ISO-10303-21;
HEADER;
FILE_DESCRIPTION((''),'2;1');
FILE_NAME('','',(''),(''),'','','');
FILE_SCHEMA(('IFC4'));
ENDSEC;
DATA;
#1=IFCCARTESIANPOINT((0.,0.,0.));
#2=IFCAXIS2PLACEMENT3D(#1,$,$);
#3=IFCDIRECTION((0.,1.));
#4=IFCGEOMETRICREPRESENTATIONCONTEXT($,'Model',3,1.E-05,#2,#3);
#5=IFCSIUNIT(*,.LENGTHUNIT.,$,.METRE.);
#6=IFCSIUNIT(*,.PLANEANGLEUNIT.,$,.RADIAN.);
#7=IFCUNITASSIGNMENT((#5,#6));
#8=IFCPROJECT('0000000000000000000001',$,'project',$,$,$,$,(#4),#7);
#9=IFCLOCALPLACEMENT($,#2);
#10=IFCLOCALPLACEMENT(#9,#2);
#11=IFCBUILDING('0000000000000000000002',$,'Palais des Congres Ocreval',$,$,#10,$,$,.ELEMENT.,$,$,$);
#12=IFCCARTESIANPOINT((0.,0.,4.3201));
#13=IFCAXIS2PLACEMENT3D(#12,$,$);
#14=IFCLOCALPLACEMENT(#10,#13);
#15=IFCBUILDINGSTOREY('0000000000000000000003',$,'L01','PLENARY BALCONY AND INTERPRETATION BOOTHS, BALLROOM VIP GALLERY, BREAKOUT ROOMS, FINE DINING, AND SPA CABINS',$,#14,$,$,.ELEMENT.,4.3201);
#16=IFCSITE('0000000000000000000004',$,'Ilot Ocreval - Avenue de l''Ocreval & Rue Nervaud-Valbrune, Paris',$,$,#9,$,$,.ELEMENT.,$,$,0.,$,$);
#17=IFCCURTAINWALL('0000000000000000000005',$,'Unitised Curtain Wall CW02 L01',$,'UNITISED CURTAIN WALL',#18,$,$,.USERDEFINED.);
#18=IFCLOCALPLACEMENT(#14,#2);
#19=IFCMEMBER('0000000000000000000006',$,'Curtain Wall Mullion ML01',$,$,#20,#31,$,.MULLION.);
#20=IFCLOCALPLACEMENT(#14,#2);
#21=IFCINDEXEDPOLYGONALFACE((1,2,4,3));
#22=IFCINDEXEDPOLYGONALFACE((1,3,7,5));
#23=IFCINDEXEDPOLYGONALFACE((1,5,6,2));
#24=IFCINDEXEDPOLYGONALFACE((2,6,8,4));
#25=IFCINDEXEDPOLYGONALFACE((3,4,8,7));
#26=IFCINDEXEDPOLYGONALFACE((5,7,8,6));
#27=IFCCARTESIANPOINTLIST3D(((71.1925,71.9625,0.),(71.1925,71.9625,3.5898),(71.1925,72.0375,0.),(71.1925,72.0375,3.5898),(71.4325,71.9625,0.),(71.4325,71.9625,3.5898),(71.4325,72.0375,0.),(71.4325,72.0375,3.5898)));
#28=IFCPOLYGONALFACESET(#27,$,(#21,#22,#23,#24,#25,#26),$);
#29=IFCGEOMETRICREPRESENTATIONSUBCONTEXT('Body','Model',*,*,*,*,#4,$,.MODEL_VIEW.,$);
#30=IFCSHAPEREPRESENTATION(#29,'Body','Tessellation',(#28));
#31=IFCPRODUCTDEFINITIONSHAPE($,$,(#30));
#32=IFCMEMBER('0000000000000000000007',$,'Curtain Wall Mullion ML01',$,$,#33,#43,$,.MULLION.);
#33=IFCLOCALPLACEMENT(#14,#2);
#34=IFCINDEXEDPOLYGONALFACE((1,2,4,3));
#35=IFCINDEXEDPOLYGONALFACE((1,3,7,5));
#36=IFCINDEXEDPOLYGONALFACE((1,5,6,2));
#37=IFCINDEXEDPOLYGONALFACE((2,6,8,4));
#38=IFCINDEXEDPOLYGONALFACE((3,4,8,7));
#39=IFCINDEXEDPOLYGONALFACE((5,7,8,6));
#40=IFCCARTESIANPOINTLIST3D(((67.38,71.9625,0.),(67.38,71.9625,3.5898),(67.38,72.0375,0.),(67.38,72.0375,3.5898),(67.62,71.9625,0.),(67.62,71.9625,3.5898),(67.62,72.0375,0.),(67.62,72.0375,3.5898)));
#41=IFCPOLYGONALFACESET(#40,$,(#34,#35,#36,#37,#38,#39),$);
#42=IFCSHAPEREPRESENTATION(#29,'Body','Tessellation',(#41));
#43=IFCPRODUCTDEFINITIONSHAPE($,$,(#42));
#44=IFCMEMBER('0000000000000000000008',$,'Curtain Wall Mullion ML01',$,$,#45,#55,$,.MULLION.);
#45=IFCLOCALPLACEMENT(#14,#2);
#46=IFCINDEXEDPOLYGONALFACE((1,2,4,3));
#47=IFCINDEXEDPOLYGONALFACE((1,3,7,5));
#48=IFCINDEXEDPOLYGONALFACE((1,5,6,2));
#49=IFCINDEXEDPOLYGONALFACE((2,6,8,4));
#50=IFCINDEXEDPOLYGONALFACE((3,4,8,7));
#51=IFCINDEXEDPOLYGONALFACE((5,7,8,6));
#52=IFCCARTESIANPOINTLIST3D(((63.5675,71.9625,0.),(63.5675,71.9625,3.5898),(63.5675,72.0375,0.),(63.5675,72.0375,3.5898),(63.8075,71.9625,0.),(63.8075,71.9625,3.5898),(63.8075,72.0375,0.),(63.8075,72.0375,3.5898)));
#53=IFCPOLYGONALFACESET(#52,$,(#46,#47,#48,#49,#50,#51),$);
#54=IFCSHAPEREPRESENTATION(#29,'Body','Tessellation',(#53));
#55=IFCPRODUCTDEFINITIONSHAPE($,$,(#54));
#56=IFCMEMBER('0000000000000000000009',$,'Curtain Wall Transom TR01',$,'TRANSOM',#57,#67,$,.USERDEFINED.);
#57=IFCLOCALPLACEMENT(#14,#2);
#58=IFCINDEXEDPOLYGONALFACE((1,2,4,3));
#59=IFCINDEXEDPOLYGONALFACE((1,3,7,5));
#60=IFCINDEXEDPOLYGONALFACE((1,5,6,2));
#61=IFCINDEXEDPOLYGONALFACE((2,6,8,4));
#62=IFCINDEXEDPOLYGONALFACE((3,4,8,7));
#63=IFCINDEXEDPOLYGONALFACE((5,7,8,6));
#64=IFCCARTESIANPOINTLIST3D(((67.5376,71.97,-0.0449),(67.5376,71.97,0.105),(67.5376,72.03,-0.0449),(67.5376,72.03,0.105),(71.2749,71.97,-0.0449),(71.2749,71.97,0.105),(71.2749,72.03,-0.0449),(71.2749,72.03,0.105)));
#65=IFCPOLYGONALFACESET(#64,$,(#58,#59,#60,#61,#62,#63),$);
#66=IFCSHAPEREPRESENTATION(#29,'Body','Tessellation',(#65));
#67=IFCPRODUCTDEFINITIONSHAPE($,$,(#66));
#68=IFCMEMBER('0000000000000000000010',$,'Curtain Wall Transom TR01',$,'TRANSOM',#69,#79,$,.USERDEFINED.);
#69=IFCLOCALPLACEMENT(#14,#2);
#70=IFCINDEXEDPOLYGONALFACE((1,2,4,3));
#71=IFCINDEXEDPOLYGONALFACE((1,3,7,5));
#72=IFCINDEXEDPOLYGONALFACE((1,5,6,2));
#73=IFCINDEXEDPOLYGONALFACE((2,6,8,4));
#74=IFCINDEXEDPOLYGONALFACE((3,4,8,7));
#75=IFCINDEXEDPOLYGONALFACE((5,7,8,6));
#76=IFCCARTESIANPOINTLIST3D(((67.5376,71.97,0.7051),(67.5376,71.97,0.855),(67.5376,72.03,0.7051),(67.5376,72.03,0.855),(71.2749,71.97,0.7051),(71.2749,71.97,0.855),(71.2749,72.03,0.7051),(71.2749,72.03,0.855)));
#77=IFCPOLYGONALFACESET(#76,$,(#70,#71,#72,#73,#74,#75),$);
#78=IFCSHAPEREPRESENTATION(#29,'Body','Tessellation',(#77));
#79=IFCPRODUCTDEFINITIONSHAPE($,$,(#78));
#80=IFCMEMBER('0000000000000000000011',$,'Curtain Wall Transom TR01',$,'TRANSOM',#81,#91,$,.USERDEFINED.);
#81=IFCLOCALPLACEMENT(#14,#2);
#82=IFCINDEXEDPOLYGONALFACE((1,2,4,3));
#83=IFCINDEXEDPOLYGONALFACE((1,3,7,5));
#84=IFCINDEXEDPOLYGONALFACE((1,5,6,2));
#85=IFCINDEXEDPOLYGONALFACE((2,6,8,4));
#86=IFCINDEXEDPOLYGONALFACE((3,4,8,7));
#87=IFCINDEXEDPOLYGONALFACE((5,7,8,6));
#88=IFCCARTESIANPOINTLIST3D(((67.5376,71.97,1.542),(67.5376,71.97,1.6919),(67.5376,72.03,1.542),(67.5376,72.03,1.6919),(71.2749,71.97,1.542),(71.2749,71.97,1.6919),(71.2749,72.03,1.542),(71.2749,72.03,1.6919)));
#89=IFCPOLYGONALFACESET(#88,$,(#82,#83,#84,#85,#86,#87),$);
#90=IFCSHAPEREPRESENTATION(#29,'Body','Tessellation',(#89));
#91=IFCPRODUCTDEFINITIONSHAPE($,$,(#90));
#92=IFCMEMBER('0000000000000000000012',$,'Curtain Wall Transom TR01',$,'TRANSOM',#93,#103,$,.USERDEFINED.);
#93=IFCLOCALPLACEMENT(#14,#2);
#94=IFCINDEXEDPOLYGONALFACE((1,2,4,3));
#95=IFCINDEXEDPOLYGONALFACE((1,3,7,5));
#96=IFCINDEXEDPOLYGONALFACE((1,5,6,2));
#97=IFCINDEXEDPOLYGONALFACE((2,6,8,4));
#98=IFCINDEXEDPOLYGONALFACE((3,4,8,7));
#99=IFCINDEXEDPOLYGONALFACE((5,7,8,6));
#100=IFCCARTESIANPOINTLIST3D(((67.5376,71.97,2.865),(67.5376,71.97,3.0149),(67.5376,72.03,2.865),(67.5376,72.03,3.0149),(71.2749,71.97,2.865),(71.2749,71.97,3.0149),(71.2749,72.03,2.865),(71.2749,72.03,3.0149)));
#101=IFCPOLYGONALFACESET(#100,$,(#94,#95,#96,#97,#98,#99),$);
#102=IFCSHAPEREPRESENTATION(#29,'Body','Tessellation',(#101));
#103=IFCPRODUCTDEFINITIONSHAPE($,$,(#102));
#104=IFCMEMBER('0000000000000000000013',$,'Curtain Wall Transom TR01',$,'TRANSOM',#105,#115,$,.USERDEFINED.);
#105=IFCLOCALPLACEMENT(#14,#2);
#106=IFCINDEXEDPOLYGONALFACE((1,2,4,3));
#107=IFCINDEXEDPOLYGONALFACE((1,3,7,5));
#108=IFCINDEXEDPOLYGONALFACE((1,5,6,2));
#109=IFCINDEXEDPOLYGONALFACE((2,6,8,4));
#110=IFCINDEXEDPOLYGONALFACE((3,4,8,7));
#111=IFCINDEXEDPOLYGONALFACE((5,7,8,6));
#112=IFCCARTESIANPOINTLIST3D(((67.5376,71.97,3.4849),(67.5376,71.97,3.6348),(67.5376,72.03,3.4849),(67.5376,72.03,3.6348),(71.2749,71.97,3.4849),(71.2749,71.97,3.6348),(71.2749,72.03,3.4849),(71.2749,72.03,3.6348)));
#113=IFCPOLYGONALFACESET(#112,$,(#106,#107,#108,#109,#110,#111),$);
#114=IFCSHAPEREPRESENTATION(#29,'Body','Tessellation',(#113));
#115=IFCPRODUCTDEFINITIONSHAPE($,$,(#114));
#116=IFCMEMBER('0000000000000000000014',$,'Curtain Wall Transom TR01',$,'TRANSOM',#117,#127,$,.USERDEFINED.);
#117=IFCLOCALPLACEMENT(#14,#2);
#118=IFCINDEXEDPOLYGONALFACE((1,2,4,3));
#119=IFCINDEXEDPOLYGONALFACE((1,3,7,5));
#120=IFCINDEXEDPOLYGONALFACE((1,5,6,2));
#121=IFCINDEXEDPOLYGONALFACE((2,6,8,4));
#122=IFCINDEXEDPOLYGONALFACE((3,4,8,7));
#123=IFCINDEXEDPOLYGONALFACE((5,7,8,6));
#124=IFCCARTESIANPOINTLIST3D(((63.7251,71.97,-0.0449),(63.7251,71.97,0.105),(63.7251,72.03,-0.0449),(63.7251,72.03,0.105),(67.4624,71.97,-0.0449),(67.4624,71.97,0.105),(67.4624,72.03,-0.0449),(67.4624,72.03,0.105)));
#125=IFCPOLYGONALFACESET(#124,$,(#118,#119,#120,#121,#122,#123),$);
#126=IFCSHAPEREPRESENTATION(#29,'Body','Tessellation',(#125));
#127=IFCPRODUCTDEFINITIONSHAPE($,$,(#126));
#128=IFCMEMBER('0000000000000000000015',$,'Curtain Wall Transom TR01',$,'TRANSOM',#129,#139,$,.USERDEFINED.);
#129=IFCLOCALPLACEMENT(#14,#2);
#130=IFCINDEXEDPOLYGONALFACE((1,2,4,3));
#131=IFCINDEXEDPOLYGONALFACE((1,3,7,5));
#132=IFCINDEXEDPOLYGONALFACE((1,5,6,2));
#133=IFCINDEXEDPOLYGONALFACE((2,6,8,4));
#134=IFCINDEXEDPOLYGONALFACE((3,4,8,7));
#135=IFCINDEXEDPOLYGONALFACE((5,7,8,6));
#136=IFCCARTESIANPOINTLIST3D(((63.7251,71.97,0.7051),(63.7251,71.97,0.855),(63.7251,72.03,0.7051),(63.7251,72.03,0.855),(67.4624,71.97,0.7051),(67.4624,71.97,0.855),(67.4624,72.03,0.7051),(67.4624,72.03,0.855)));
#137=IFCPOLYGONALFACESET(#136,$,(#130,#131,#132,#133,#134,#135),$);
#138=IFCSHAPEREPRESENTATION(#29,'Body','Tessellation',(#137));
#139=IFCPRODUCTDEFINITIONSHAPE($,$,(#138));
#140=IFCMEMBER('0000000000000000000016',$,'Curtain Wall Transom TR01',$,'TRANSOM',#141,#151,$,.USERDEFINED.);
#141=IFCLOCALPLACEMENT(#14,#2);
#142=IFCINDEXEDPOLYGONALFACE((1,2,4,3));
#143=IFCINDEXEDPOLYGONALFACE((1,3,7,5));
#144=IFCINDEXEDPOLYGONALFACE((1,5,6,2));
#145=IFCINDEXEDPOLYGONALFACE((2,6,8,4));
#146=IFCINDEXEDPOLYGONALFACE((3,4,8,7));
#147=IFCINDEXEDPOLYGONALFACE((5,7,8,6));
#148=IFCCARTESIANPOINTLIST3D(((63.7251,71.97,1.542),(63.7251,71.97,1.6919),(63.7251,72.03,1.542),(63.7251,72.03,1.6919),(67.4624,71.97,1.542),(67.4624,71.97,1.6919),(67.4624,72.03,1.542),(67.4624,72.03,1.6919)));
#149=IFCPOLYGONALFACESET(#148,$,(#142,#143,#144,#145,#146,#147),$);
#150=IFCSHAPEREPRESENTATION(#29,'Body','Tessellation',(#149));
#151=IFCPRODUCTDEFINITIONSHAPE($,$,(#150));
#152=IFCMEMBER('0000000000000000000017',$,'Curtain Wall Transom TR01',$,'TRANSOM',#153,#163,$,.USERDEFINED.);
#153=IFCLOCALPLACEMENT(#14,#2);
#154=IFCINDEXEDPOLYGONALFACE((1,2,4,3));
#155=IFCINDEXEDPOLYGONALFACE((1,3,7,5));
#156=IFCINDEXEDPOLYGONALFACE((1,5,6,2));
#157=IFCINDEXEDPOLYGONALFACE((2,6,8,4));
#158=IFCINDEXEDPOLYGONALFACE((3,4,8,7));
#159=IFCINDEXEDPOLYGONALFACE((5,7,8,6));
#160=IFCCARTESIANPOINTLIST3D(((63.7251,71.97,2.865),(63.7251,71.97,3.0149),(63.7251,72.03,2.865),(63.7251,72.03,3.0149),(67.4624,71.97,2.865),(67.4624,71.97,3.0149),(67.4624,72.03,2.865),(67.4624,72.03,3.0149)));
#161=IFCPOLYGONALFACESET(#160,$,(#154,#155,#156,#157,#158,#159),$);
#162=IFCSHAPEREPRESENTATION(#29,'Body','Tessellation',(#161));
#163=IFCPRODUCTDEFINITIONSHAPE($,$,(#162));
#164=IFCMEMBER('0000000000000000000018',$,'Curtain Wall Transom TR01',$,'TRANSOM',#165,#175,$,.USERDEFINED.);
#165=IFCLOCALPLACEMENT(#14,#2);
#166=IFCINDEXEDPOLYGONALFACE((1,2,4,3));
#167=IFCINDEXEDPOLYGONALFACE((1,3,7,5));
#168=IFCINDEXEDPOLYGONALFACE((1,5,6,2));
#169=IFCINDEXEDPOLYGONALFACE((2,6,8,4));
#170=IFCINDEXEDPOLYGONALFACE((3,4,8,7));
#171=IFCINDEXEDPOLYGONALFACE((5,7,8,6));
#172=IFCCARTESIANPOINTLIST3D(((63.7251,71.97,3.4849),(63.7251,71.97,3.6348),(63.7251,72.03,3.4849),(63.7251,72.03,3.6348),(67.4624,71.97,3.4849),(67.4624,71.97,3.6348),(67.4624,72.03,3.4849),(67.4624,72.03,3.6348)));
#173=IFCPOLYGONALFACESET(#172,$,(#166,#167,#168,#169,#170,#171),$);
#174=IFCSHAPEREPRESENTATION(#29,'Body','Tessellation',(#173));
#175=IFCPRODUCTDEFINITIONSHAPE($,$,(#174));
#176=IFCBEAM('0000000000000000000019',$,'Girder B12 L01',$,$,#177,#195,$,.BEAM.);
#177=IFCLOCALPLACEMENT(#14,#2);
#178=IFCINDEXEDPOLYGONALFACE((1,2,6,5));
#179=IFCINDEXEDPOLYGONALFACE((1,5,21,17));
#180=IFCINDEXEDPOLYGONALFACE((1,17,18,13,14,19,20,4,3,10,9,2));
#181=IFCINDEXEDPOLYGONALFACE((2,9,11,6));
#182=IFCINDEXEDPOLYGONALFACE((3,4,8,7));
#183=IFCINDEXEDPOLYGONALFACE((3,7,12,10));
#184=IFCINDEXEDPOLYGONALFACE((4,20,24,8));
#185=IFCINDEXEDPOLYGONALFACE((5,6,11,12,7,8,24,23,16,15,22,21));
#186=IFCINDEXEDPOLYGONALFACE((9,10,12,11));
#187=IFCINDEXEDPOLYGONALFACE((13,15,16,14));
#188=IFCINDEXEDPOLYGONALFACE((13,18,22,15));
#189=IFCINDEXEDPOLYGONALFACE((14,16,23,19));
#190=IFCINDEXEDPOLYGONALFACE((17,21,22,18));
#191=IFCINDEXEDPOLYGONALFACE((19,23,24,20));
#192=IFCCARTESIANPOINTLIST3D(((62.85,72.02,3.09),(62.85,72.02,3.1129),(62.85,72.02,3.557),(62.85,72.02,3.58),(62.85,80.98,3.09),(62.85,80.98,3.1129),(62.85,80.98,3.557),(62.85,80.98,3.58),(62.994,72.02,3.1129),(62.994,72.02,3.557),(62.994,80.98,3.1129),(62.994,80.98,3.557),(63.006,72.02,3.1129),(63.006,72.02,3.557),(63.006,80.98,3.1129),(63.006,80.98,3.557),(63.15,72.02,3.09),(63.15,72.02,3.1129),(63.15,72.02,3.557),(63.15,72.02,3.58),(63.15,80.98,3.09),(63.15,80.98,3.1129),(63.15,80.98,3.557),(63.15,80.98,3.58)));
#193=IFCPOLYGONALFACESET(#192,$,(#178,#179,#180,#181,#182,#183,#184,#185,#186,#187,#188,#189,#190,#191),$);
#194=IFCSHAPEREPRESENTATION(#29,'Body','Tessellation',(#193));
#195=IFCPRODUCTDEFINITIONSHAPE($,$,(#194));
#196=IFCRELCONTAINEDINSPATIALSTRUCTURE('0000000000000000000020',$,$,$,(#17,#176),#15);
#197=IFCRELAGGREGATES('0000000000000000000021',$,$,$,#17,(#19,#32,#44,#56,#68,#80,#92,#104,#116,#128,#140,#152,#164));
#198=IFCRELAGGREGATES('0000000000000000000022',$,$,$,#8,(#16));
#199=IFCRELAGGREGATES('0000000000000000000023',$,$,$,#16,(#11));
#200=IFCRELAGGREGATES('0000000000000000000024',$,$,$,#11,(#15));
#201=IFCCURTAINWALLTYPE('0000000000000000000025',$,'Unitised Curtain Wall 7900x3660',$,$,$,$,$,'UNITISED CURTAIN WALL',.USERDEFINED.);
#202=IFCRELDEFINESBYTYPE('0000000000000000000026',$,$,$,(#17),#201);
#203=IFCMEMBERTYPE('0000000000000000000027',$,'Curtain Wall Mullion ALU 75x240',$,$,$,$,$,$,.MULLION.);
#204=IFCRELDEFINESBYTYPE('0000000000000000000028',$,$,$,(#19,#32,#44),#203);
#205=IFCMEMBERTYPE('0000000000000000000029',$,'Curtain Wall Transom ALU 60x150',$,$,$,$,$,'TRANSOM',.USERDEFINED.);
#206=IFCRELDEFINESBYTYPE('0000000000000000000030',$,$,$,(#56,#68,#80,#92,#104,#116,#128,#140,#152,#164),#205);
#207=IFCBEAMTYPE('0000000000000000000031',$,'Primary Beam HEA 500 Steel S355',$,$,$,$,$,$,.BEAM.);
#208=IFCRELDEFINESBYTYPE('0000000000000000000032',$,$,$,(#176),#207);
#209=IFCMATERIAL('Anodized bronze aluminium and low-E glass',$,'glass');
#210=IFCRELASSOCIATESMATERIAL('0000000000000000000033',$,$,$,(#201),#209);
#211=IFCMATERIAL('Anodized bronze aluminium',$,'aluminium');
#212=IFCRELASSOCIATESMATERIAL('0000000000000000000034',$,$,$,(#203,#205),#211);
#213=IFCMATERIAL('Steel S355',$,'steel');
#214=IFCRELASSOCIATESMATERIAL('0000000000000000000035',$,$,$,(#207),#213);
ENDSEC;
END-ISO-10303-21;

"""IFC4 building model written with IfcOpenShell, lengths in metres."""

from ifc_helpers import new_model, si_unit, direction, frame, origin, origin_2d, place, context, subcontext, project, spatial, rectangle, i_section, extrude, material, material_profile, profile_set, type_object, element, aggregate, save


model = new_model("IFC4")

# Units and contexts
model_context = context("Model", 3, precision=1e-05, world=origin(), true_north=direction((0.0, 1.0)))
body_context = subcontext(model_context, "Body", "Model", "MODEL_VIEW")
ifc_project = project(units=[si_unit("LENGTHUNIT", "METRE"), si_unit("PLANEANGLEUNIT", "RADIAN")], contexts=[model_context])

# Site, building, storey
site_placement = place(None, origin())
site = spatial("IfcSite", under=ifc_project, at=site_placement, Name="Ilot Ocreval - Avenue de l'Ocreval & Rue Nervaud-Valbrune, Paris", CompositionType="ELEMENT", RefElevation=0.0)
building_placement = place(site_placement, origin())
building = spatial("IfcBuilding", under=site, at=building_placement, Name="Palais des Congres Ocreval", CompositionType="ELEMENT")
storey_placement = place(building_placement, frame((0.0, 0.0, 4.3201)))
storey = spatial("IfcBuildingStorey", under=building, at=storey_placement, Name="L01", Description="PLENARY BALCONY AND INTERPRETATION BOOTHS, BALLROOM VIP GALLERY, BREAKOUT ROOMS, FINE DINING, AND SPA CABINS", CompositionType="ELEMENT", Elevation=4.3201)

# Curtain wall, members
ifc_material_1 = material(Name="Anodized bronze aluminium and low-E glass", Category="glass")
curtain_wall_type = type_object("IfcCurtainWallType", Name="Unitised Curtain Wall 7900x3660", ElementType="UNITISED CURTAIN WALL", PredefinedType="USERDEFINED", material=ifc_material_1)
curtain_wall_placement = place(storey_placement, origin())
curtain_wall = element("IfcCurtainWall", 1, at=curtain_wall_placement, inside=storey, type_object=curtain_wall_type, Name="Unitised Curtain Wall CW02 L01", ObjectType="UNITISED CURTAIN WALL", PredefinedType="USERDEFINED")
ifc_material_2 = material(Name="Anodized bronze aluminium", Category="aluminium")
ifc_material_profile_1 = material_profile(ifc_material_2, rectangle(XDim=0.075, YDim=0.24, at=origin_2d()), Name="ALU 75x240")
ifc_profile_set_1 = profile_set([ifc_material_profile_1], Name="Anodized bronze aluminium")
member_type_1 = type_object("IfcMemberType", Name="Curtain Wall Mullion ALU 75x240", PredefinedType="MULLION", material=ifc_profile_set_1)
member_1_placement = place(storey_placement, frame((71.3125, 72.0, 0.0), z_axis=(0.0, 0.0, 1.0), x_axis=(0.0, -1.0, 0.0)))
member_1 = element("IfcMember", 2, at=member_1_placement, type_object=member_type_1, Name="Curtain Wall Mullion ML01", PredefinedType="MULLION", context=body_context, shape_type="SweptSolid", body=[
    extrude(rectangle(XDim=0.075, YDim=0.24, at=origin_2d()), origin(), (0.0, 0.0, 1.0), 3.5898),
])
member_2_placement = place(storey_placement, frame((67.5, 72.0, 0.0), z_axis=(0.0, 0.0, 1.0), x_axis=(0.0, -1.0, 0.0)))
member_2 = element("IfcMember", 3, at=member_2_placement, type_object=member_type_1, Name="Curtain Wall Mullion ML01", PredefinedType="MULLION", context=body_context, shape_type="SweptSolid", body=[
    extrude(rectangle(XDim=0.075, YDim=0.24, at=origin_2d()), origin(), (0.0, 0.0, 1.0), 3.5898),
])
member_3_placement = place(storey_placement, frame((63.6875, 72.0, 0.0), z_axis=(0.0, 0.0, 1.0), x_axis=(0.0, -1.0, 0.0)))
member_3 = element("IfcMember", 4, at=member_3_placement, type_object=member_type_1, Name="Curtain Wall Mullion ML01", PredefinedType="MULLION", context=body_context, shape_type="SweptSolid", body=[
    extrude(rectangle(XDim=0.075, YDim=0.24, at=origin_2d()), origin(), (0.0, 0.0, 1.0), 3.5898),
])
ifc_material_profile_2 = material_profile(ifc_material_2, rectangle(XDim=0.0601, YDim=0.1499, at=origin_2d()), Name="ALU 60x150")
ifc_profile_set_2 = profile_set([ifc_material_profile_2], Name="Anodized bronze aluminium")
member_type_2 = type_object("IfcMemberType", Name="Curtain Wall Transom ALU 60x150", ElementType="TRANSOM", PredefinedType="USERDEFINED", material=ifc_profile_set_2)
member_4_placement = place(storey_placement, frame((71.2749, 72.0, 0.03), z_axis=(-1.0, 0.0, 0.0), x_axis=(0.0, -1.0, 0.0)))
member_4 = element("IfcMember", 5, at=member_4_placement, type_object=member_type_2, Name="Curtain Wall Transom TR01", ObjectType="TRANSOM", PredefinedType="USERDEFINED", context=body_context, shape_type="SweptSolid", body=[
    extrude(rectangle(XDim=0.0601, YDim=0.1499, at=origin_2d()), origin(), (0.0, 0.0, 1.0), 3.7373),
])
member_5_placement = place(storey_placement, frame((71.2749, 72.0, 0.78), z_axis=(-1.0, 0.0, 0.0), x_axis=(0.0, -1.0, 0.0)))
member_5 = element("IfcMember", 6, at=member_5_placement, type_object=member_type_2, Name="Curtain Wall Transom TR01", ObjectType="TRANSOM", PredefinedType="USERDEFINED", context=body_context, shape_type="SweptSolid", body=[
    extrude(rectangle(XDim=0.0601, YDim=0.1499, at=origin_2d()), origin(), (0.0, 0.0, 1.0), 3.7373),
])
member_6_placement = place(storey_placement, frame((71.2749, 72.0, 1.6169), z_axis=(-1.0, 0.0, 0.0), x_axis=(0.0, -1.0, 0.0)))
member_6 = element("IfcMember", 7, at=member_6_placement, type_object=member_type_2, Name="Curtain Wall Transom TR01", ObjectType="TRANSOM", PredefinedType="USERDEFINED", context=body_context, shape_type="SweptSolid", body=[
    extrude(rectangle(XDim=0.0601, YDim=0.1499, at=origin_2d()), origin(), (0.0, 0.0, 1.0), 3.7373),
])
member_7_placement = place(storey_placement, frame((71.2749, 72.0, 2.9399), z_axis=(-1.0, 0.0, 0.0), x_axis=(0.0, -1.0, 0.0)))
member_7 = element("IfcMember", 8, at=member_7_placement, type_object=member_type_2, Name="Curtain Wall Transom TR01", ObjectType="TRANSOM", PredefinedType="USERDEFINED", context=body_context, shape_type="SweptSolid", body=[
    extrude(rectangle(XDim=0.0601, YDim=0.1499, at=origin_2d()), origin(), (0.0, 0.0, 1.0), 3.7373),
])
member_8_placement = place(storey_placement, frame((71.2749, 72.0, 3.5598), z_axis=(-1.0, 0.0, 0.0), x_axis=(0.0, -1.0, 0.0)))
member_8 = element("IfcMember", 9, at=member_8_placement, type_object=member_type_2, Name="Curtain Wall Transom TR01", ObjectType="TRANSOM", PredefinedType="USERDEFINED", context=body_context, shape_type="SweptSolid", body=[
    extrude(rectangle(XDim=0.0601, YDim=0.1499, at=origin_2d()), origin(), (0.0, 0.0, 1.0), 3.7373),
])
member_9_placement = place(storey_placement, frame((67.4624, 72.0, 0.03), z_axis=(-1.0, 0.0, 0.0), x_axis=(0.0, -1.0, 0.0)))
member_9 = element("IfcMember", 10, at=member_9_placement, type_object=member_type_2, Name="Curtain Wall Transom TR01", ObjectType="TRANSOM", PredefinedType="USERDEFINED", context=body_context, shape_type="SweptSolid", body=[
    extrude(rectangle(XDim=0.0601, YDim=0.1499, at=origin_2d()), origin(), (0.0, 0.0, 1.0), 3.7373),
])
member_10_placement = place(storey_placement, frame((67.4624, 72.0, 0.78), z_axis=(-1.0, 0.0, 0.0), x_axis=(0.0, -1.0, 0.0)))
member_10 = element("IfcMember", 11, at=member_10_placement, type_object=member_type_2, Name="Curtain Wall Transom TR01", ObjectType="TRANSOM", PredefinedType="USERDEFINED", context=body_context, shape_type="SweptSolid", body=[
    extrude(rectangle(XDim=0.0601, YDim=0.1499, at=origin_2d()), origin(), (0.0, 0.0, 1.0), 3.7373),
])
member_11_placement = place(storey_placement, frame((67.4624, 72.0, 1.6169), z_axis=(-1.0, 0.0, 0.0), x_axis=(0.0, -1.0, 0.0)))
member_11 = element("IfcMember", 12, at=member_11_placement, type_object=member_type_2, Name="Curtain Wall Transom TR01", ObjectType="TRANSOM", PredefinedType="USERDEFINED", context=body_context, shape_type="SweptSolid", body=[
    extrude(rectangle(XDim=0.0601, YDim=0.1499, at=origin_2d()), origin(), (0.0, 0.0, 1.0), 3.7373),
])
member_12_placement = place(storey_placement, frame((67.4624, 72.0, 2.9399), z_axis=(-1.0, 0.0, 0.0), x_axis=(0.0, -1.0, 0.0)))
member_12 = element("IfcMember", 13, at=member_12_placement, type_object=member_type_2, Name="Curtain Wall Transom TR01", ObjectType="TRANSOM", PredefinedType="USERDEFINED", context=body_context, shape_type="SweptSolid", body=[
    extrude(rectangle(XDim=0.0601, YDim=0.1499, at=origin_2d()), origin(), (0.0, 0.0, 1.0), 3.7373),
])
member_13_placement = place(storey_placement, frame((67.4624, 72.0, 3.5598), z_axis=(-1.0, 0.0, 0.0), x_axis=(0.0, -1.0, 0.0)))
member_13 = element("IfcMember", 14, at=member_13_placement, type_object=member_type_2, Name="Curtain Wall Transom TR01", ObjectType="TRANSOM", PredefinedType="USERDEFINED", context=body_context, shape_type="SweptSolid", body=[
    extrude(rectangle(XDim=0.0601, YDim=0.1499, at=origin_2d()), origin(), (0.0, 0.0, 1.0), 3.7373),
])

# Beam
ifc_material_3 = material(Name="Steel S355", Category="steel")
ifc_material_profile_3 = material_profile(ifc_material_3, i_section(OverallWidth=0.3, OverallDepth=0.49, WebThickness=0.012, FlangeThickness=0.0229, at=origin_2d()), Name="HEA 500")
ifc_profile_set_3 = profile_set([ifc_material_profile_3], Name="Steel S355")
beam_type = type_object("IfcBeamType", Name="Primary Beam HEA 500 Steel S355", PredefinedType="BEAM", material=ifc_profile_set_3)
beam_placement = place(storey_placement, frame((63.0, 72.02, 3.335), z_axis=(0.0, 1.0, 0.0), x_axis=(-1.0, 0.0, 0.0)))
element("IfcBeam", 15, at=beam_placement, inside=storey, type_object=beam_type, Name="Girder B12 L01", PredefinedType="BEAM", context=body_context, shape_type="SweptSolid", body=[
    extrude(i_section(OverallWidth=0.3, OverallDepth=0.49, WebThickness=0.012, FlangeThickness=0.0229, at=origin_2d()), origin(), (0.0, 0.0, 1.0), 8.96),
])

aggregate(curtain_wall, [member_1, member_2, member_3, member_4, member_5, member_6, member_7, member_8, member_9, member_10, member_11, member_12, member_13])

save(model, "model.ifc")
